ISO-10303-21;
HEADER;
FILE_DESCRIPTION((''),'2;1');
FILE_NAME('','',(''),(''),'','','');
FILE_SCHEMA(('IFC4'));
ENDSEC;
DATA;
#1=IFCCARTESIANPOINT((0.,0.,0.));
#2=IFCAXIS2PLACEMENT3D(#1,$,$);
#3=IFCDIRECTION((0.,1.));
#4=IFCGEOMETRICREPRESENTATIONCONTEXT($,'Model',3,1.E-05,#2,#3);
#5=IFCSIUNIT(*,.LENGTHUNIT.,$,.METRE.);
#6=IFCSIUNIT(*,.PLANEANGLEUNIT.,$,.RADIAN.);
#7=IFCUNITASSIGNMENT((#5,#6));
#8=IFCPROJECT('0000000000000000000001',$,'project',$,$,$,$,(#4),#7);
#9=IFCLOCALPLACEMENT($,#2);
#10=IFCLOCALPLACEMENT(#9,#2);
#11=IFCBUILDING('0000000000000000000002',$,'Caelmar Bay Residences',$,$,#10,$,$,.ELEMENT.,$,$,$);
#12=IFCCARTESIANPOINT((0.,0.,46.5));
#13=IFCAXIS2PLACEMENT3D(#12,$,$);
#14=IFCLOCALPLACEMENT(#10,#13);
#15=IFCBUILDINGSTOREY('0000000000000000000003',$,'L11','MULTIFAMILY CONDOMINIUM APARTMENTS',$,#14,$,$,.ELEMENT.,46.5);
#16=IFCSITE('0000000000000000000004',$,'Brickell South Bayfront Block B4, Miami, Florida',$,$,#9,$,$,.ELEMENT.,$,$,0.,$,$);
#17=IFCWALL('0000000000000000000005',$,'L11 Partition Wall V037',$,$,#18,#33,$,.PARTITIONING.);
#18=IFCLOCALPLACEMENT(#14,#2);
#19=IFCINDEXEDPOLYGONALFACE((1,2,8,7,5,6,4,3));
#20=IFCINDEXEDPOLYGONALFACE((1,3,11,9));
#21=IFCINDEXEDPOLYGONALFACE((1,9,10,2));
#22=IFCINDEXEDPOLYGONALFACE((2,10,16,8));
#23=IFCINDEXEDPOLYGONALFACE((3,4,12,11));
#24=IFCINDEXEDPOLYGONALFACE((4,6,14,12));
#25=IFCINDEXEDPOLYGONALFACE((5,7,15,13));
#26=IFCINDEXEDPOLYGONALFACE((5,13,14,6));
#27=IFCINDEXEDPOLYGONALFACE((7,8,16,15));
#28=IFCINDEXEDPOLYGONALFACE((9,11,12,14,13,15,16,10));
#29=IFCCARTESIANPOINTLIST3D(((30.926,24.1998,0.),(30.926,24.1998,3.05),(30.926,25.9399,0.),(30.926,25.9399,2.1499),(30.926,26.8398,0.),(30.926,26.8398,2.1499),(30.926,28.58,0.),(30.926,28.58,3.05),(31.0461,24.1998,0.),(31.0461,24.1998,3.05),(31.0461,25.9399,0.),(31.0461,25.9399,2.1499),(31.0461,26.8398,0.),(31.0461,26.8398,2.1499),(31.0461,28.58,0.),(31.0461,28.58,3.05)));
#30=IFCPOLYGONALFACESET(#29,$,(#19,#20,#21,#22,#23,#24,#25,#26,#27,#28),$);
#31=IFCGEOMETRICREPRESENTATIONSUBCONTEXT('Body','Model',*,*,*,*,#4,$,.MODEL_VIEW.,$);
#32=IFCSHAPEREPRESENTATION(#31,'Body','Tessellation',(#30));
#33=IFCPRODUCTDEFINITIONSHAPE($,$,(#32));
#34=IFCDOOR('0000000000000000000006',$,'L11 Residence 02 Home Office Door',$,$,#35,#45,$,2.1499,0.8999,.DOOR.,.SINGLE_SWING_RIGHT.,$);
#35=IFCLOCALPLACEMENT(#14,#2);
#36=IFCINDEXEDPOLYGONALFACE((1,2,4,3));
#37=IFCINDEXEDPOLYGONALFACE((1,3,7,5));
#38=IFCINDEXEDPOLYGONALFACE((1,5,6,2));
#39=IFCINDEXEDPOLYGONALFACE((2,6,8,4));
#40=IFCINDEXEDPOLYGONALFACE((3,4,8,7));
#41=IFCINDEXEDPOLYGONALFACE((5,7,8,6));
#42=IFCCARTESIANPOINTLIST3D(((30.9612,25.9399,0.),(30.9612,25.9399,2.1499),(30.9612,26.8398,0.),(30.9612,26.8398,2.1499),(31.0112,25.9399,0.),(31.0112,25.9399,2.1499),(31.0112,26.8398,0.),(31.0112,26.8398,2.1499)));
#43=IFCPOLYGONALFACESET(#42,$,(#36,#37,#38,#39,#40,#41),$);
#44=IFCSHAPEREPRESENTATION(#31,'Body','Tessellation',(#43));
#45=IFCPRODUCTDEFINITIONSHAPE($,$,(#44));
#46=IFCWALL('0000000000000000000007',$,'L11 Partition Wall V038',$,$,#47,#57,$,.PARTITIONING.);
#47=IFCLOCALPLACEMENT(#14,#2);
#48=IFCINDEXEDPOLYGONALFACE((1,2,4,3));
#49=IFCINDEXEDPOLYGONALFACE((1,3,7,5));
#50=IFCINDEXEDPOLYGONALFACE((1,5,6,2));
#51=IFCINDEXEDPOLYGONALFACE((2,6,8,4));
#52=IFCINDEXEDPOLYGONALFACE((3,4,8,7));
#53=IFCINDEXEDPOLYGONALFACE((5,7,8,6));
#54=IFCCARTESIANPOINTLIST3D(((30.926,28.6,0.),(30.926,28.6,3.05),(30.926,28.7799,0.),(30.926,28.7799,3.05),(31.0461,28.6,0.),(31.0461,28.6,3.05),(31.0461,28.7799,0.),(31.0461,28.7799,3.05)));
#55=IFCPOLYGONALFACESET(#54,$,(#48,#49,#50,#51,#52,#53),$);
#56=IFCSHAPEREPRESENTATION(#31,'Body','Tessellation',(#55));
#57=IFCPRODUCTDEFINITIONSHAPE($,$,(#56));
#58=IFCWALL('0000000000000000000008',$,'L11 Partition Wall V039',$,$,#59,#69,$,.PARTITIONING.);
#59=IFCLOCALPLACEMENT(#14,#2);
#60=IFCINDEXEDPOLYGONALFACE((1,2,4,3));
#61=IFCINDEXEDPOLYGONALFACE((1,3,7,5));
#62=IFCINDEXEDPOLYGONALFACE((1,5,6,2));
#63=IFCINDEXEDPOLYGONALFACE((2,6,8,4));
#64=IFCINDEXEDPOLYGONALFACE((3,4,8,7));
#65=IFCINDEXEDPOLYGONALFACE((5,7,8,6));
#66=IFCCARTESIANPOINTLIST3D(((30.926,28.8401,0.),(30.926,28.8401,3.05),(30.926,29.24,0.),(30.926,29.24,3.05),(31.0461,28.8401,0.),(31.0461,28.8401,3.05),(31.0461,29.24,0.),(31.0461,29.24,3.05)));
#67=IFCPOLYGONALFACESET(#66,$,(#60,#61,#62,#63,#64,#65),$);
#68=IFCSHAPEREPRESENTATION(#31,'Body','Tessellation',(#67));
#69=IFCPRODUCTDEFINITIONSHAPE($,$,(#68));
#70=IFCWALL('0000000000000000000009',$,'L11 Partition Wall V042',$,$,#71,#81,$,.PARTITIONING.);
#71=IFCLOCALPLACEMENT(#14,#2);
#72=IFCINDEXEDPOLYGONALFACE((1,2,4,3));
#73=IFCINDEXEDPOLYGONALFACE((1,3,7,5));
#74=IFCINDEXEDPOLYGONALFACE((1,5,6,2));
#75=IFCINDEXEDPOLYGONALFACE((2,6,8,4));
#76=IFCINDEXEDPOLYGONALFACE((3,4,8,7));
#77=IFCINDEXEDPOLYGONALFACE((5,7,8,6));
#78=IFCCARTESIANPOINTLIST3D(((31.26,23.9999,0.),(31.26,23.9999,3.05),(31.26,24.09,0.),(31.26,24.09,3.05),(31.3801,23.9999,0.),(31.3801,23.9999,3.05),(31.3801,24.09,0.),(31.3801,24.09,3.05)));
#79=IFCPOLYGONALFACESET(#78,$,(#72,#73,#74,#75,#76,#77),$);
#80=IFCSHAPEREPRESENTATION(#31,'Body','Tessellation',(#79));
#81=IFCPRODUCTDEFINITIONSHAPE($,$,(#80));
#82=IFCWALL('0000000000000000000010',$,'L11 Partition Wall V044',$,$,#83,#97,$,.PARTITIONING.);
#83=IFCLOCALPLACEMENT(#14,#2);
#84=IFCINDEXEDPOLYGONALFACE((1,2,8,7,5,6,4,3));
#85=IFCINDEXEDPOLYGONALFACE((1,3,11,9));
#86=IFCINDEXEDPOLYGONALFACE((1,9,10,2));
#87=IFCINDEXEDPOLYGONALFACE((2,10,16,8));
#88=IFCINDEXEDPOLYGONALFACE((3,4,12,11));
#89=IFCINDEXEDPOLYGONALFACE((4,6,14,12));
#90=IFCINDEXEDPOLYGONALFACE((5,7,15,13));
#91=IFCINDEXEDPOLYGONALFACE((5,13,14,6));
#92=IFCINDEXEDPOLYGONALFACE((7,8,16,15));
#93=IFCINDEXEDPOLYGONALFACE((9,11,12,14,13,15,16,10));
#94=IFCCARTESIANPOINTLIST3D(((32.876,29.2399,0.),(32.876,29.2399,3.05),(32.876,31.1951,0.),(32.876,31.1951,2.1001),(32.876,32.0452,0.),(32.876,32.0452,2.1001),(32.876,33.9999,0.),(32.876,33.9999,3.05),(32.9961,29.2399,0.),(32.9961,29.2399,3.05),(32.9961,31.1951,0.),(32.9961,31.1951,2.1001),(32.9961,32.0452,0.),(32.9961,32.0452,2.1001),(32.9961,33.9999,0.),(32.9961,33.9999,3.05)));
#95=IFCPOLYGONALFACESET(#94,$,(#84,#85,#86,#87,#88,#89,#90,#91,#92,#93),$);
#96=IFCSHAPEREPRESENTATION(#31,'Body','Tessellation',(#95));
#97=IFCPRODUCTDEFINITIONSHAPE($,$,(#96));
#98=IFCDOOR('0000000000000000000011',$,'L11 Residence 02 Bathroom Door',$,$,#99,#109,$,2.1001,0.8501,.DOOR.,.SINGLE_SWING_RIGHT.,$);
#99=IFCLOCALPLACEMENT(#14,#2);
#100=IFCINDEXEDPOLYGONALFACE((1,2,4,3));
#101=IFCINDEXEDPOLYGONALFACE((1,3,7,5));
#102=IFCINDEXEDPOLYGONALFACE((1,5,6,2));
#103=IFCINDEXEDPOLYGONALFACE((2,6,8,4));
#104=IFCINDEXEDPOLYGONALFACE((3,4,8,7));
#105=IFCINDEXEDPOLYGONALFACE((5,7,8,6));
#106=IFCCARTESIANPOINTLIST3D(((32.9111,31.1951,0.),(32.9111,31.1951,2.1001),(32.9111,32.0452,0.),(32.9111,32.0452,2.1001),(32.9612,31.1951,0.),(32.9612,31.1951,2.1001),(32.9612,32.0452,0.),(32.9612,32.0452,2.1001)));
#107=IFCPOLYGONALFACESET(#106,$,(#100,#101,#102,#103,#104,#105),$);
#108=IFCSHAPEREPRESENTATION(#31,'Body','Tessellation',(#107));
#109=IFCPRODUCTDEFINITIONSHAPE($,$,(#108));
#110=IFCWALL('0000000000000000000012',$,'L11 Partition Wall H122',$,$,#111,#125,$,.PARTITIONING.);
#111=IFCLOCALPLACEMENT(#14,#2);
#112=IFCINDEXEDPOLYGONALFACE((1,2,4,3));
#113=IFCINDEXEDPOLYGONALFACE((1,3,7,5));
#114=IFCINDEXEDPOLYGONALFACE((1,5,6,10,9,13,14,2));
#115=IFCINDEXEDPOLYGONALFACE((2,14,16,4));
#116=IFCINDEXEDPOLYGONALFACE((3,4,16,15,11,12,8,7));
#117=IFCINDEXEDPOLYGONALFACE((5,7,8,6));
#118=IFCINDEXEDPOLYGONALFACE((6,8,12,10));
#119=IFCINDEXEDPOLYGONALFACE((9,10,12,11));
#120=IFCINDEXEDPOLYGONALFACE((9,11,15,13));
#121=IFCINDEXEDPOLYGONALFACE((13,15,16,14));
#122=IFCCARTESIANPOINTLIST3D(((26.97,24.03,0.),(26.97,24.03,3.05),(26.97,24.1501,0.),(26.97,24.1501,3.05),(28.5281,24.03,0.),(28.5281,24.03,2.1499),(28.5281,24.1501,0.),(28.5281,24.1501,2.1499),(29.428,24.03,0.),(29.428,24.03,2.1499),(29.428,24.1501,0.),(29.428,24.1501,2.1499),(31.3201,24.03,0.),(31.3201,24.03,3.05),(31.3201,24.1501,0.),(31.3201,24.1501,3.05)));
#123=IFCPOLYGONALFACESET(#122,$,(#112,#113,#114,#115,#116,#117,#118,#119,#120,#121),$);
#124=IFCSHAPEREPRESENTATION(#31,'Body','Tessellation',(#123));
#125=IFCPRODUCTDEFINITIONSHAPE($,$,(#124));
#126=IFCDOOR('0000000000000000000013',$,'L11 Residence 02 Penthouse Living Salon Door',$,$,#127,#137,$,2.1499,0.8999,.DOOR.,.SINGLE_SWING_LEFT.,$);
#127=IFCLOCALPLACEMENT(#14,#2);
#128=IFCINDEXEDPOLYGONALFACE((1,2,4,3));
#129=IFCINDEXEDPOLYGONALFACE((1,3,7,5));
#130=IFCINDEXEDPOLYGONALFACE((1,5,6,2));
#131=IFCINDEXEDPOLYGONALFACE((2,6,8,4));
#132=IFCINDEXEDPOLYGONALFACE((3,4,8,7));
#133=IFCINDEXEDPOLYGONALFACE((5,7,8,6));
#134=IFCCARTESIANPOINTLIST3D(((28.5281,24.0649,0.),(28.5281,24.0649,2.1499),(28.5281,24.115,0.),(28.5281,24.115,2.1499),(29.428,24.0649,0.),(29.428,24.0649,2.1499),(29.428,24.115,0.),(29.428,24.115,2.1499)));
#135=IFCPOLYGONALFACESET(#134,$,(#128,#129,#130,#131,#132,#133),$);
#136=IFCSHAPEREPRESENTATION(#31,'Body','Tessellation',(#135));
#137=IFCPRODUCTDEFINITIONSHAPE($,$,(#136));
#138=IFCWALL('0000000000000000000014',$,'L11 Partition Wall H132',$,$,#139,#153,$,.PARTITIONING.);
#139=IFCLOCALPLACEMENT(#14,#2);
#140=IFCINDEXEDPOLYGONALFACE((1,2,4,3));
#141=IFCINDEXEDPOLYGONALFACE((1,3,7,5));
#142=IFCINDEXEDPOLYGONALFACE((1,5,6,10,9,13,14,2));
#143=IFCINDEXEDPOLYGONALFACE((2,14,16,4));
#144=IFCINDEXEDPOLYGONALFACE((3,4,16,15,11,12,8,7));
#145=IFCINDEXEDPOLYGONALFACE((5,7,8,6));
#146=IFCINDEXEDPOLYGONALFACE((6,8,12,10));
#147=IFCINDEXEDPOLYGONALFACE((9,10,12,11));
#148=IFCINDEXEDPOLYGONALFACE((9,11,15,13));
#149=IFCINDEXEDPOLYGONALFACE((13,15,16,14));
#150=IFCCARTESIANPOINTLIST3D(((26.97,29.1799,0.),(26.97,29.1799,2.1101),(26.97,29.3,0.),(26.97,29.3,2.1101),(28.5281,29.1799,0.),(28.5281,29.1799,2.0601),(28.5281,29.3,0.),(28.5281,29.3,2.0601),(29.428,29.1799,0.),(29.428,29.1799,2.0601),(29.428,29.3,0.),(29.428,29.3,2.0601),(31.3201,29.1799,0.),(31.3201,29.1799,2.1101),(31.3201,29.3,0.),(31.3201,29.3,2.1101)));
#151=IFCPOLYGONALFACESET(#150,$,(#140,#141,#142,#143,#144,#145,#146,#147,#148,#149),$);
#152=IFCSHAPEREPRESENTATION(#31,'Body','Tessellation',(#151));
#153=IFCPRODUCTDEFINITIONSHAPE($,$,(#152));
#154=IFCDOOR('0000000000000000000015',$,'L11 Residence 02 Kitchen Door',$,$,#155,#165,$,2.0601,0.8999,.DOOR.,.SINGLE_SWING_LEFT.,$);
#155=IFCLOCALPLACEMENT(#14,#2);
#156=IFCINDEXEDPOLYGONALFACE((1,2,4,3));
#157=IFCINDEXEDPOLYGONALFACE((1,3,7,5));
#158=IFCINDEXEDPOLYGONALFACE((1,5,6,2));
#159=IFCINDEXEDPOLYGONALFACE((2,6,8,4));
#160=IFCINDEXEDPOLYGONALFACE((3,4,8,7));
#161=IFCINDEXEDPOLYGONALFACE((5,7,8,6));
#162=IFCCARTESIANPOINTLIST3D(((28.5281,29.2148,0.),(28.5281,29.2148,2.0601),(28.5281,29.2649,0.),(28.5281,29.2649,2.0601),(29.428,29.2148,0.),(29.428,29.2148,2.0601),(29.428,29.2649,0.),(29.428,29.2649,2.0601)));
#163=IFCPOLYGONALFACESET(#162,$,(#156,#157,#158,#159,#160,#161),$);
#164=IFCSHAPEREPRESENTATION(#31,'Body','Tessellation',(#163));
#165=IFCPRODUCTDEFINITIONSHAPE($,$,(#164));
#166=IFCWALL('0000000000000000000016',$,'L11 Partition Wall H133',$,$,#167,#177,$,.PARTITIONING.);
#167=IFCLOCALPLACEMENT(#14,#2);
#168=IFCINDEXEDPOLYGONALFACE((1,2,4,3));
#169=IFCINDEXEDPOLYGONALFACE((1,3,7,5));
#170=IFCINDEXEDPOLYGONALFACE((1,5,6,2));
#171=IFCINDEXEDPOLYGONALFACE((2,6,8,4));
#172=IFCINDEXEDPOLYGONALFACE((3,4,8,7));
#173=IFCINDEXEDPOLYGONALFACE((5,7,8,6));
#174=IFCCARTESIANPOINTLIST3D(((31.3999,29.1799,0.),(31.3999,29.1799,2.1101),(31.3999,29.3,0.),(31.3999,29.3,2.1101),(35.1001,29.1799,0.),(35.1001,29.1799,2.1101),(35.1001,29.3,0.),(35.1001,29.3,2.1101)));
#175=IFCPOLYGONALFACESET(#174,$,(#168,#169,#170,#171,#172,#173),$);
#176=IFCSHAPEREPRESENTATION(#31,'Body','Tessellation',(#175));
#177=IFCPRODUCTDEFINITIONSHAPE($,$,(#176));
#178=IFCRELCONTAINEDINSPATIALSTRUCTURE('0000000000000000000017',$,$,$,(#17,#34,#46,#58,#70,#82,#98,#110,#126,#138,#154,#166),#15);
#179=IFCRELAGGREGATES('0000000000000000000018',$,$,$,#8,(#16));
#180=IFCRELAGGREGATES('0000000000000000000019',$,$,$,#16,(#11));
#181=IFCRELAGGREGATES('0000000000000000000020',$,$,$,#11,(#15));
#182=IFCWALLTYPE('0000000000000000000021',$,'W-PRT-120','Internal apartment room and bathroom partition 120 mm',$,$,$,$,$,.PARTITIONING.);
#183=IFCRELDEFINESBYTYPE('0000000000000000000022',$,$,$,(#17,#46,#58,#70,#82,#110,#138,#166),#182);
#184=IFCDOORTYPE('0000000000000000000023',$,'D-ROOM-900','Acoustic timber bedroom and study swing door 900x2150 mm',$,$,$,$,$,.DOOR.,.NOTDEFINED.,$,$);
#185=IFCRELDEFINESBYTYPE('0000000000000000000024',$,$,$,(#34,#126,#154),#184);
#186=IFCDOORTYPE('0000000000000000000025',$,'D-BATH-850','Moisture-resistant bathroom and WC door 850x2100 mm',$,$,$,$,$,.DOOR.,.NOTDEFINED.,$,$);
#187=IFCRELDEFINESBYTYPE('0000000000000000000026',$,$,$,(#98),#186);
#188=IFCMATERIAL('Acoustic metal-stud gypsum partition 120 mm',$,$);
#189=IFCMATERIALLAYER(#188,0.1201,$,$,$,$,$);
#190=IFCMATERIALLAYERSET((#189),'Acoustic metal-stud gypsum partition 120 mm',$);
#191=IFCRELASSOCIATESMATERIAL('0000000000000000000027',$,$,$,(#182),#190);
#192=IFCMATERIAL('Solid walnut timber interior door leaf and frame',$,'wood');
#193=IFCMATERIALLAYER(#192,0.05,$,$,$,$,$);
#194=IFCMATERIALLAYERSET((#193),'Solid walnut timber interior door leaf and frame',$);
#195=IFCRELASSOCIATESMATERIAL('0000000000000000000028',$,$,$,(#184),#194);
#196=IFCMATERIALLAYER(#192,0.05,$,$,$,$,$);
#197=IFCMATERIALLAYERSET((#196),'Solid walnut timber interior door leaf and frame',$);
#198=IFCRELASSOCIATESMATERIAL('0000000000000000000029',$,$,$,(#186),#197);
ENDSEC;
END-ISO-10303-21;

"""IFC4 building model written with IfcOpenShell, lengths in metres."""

from ifc_helpers import new_model, si_unit, direction, frame, frame_2d, origin, place, context, subcontext, project, spatial, rectangle, extrude, material, layer, layer_set, type_object, element, fill, save


model = new_model("IFC4")

# Units and contexts
model_context = context("Model", 3, precision=1e-05, world=origin(), true_north=direction((0.0, 1.0)))
body_context = subcontext(model_context, "Body", "Model", "MODEL_VIEW")
ifc_project = project(units=[si_unit("LENGTHUNIT", "METRE"), si_unit("PLANEANGLEUNIT", "RADIAN")], contexts=[model_context])

# Site, building, storey
site_placement = place(None, origin())
site = spatial("IfcSite", under=ifc_project, at=site_placement, Name="Brickell South Bayfront Block B4, Miami, Florida", CompositionType="ELEMENT", RefElevation=0.0)
building_placement = place(site_placement, origin())
building = spatial("IfcBuilding", under=site, at=building_placement, Name="Caelmar Bay Residences", CompositionType="ELEMENT")
storey_placement = place(building_placement, frame((0.0, 0.0, 46.5)))
storey = spatial("IfcBuildingStorey", under=building, at=storey_placement, Name="L11", Description="MULTIFAMILY CONDOMINIUM APARTMENTS", CompositionType="ELEMENT", Elevation=46.5)

# Shared definitions
ifc_material_1 = material(Name="Acoustic metal-stud gypsum partition 120 mm")
ifc_layer_1 = layer(ifc_material_1, 0.1201)
ifc_layer_set_1 = layer_set([ifc_layer_1], Name="Acoustic metal-stud gypsum partition 120 mm")
wall_type_1 = type_object("IfcWallType", Name="W-PRT-120", Description="Internal apartment room and bathroom partition 120 mm", PredefinedType="PARTITIONING", material=ifc_layer_set_1)

# Wall, opening, door
wall_1_placement = place(storey_placement, frame((30.9861, 24.2, 0.0), z_axis=(0.0, 0.0, 1.0), x_axis=(0.0, 1.0, 0.0)))
wall_1 = element("IfcWall", 1, at=wall_1_placement, inside=storey, type_object=wall_type_1, Name="L11 Partition Wall V037", PredefinedType="PARTITIONING", context=body_context, shape_type="SweptSolid", body=[
    extrude(rectangle(XDim=4.3801, YDim=0.1201, at=frame_2d((2.1899, 0.0))), origin(), (0.0, 0.0, 1.0), 3.05),
])
opening_1_placement = place(wall_1_placement, frame((1.74, 0.0, 0.0)))
opening_1 = element("IfcOpeningElement", 2, at=opening_1_placement, cuts=wall_1, PredefinedType="OPENING", context=body_context, shape_type="SweptSolid", body=[
    extrude(rectangle(XDim=0.8999, YDim=2.1499, at=frame_2d((0.45, 1.075))), frame((0.0, 0.0701, 0.0), z_axis=(0.0, -1.0, 0.0), x_axis=(1.0, 0.0, 0.0)), (0.0, 0.0, 1.0), 0.1401),
])
ifc_material_2 = material(Name="Solid walnut timber interior door leaf and frame", Category="wood")
ifc_layer_2 = layer(ifc_material_2, 0.05)
ifc_layer_set_2 = layer_set([ifc_layer_2], Name="Solid walnut timber interior door leaf and frame")
door_type_1 = type_object("IfcDoorType", Name="D-ROOM-900", Description="Acoustic timber bedroom and study swing door 900x2150 mm", OperationType="NOTDEFINED", PredefinedType="DOOR", material=ifc_layer_set_2)
door_1_placement = place(opening_1_placement, origin())
door_1 = element("IfcDoor", 3, at=door_1_placement, inside=storey, type_object=door_type_1, Name="L11 Residence 02 Home Office Door", OperationType="SINGLE_SWING_RIGHT", OverallHeight=2.1499, OverallWidth=0.8999, PredefinedType="DOOR", context=body_context, shape_type="SweptSolid", body=[
    extrude(rectangle(XDim=0.8999, YDim=2.1499, at=frame_2d((0.45, 1.075))), frame((0.0, 0.0249, 0.0), z_axis=(0.0, -1.0, 0.0), x_axis=(1.0, 0.0, 0.0)), (0.0, 0.0, 1.0), 0.05),
])
fill(opening_1, door_1)

# Walls
wall_2_placement = place(storey_placement, frame((30.9861, 28.6001, 0.0), z_axis=(0.0, 0.0, 1.0), x_axis=(0.0, 1.0, 0.0)))
element("IfcWall", 4, at=wall_2_placement, inside=storey, type_object=wall_type_1, Name="L11 Partition Wall V038", PredefinedType="PARTITIONING", context=body_context, shape_type="SweptSolid", body=[
    extrude(rectangle(XDim=0.1799, YDim=0.1201, at=frame_2d((0.0898, 0.0))), origin(), (0.0, 0.0, 1.0), 3.05),
])
wall_3_placement = place(storey_placement, frame((30.9861, 28.8401, 0.0), z_axis=(0.0, 0.0, 1.0), x_axis=(0.0, 1.0, 0.0)))
element("IfcWall", 5, at=wall_3_placement, inside=storey, type_object=wall_type_1, Name="L11 Partition Wall V039", PredefinedType="PARTITIONING", context=body_context, shape_type="SweptSolid", body=[
    extrude(rectangle(XDim=0.3999, YDim=0.1201, at=frame_2d((0.2, 0.0))), origin(), (0.0, 0.0, 1.0), 3.05),
])
wall_4_placement = place(storey_placement, frame((31.3201, 24.0, 0.0), z_axis=(0.0, 0.0, 1.0), x_axis=(0.0, 1.0, 0.0)))
element("IfcWall", 6, at=wall_4_placement, inside=storey, type_object=wall_type_1, Name="L11 Partition Wall V042", PredefinedType="PARTITIONING", context=body_context, shape_type="SweptSolid", body=[
    extrude(rectangle(XDim=0.0901, YDim=0.1201, at=frame_2d((0.0449, 0.0))), origin(), (0.0, 0.0, 1.0), 3.05),
])

# Walls, openings, doors
wall_5_placement = place(storey_placement, frame((32.936, 29.24, 0.0), z_axis=(0.0, 0.0, 1.0), x_axis=(0.0, 1.0, 0.0)))
wall_5 = element("IfcWall", 7, at=wall_5_placement, inside=storey, type_object=wall_type_1, Name="L11 Partition Wall V044", PredefinedType="PARTITIONING", context=body_context, shape_type="SweptSolid", body=[
    extrude(rectangle(XDim=4.76, YDim=0.1201, at=frame_2d((2.3799, 0.0))), origin(), (0.0, 0.0, 1.0), 3.05),
])
opening_2_placement = place(wall_5_placement, frame((1.9551, 0.0, 0.0)))
opening_2 = element("IfcOpeningElement", 8, at=opening_2_placement, cuts=wall_5, PredefinedType="OPENING", context=body_context, shape_type="SweptSolid", body=[
    extrude(rectangle(XDim=0.8501, YDim=2.1001, at=frame_2d((0.425, 1.05))), frame((0.0, 0.0701, 0.0), z_axis=(0.0, -1.0, 0.0), x_axis=(1.0, 0.0, 0.0)), (0.0, 0.0, 1.0), 0.1401),
])
ifc_layer_3 = layer(ifc_material_2, 0.05)
ifc_layer_set_3 = layer_set([ifc_layer_3], Name="Solid walnut timber interior door leaf and frame")
door_type_2 = type_object("IfcDoorType", Name="D-BATH-850", Description="Moisture-resistant bathroom and WC door 850x2100 mm", OperationType="NOTDEFINED", PredefinedType="DOOR", material=ifc_layer_set_3)
door_2_placement = place(opening_2_placement, origin())
door_2 = element("IfcDoor", 9, at=door_2_placement, inside=storey, type_object=door_type_2, Name="L11 Residence 02 Bathroom Door", OperationType="SINGLE_SWING_RIGHT", OverallHeight=2.1001, OverallWidth=0.8501, PredefinedType="DOOR", context=body_context, shape_type="SweptSolid", body=[
    extrude(rectangle(XDim=0.8501, YDim=2.1001, at=frame_2d((0.425, 1.05))), frame((0.0, 0.0249, 0.0), z_axis=(0.0, -1.0, 0.0), x_axis=(1.0, 0.0, 0.0)), (0.0, 0.0, 1.0), 0.05),
])
fill(opening_2, door_2)
wall_6_placement = place(storey_placement, frame((26.97, 24.0901, 0.0), z_axis=(0.0, 0.0, 1.0), x_axis=(1.0, 0.0, 0.0)))
wall_6 = element("IfcWall", 10, at=wall_6_placement, inside=storey, type_object=wall_type_1, Name="L11 Partition Wall H122", PredefinedType="PARTITIONING", context=body_context, shape_type="SweptSolid", body=[
    extrude(rectangle(XDim=4.3501, YDim=0.1201, at=frame_2d((2.175, 0.0))), origin(), (0.0, 0.0, 1.0), 3.05),
])
opening_3_placement = place(wall_6_placement, frame((1.5581, 0.0, 0.0)))
opening_3 = element("IfcOpeningElement", 11, at=opening_3_placement, cuts=wall_6, PredefinedType="OPENING", context=body_context, shape_type="SweptSolid", body=[
    extrude(rectangle(XDim=0.8999, YDim=2.1499, at=frame_2d((0.45, 1.075))), frame((0.0, 0.0701, 0.0), z_axis=(0.0, -1.0, 0.0), x_axis=(1.0, 0.0, 0.0)), (0.0, 0.0, 1.0), 0.1401),
])
door_3_placement = place(opening_3_placement, origin())
door_3 = element("IfcDoor", 12, at=door_3_placement, inside=storey, type_object=door_type_1, Name="L11 Residence 02 Penthouse Living Salon Door", OperationType="SINGLE_SWING_LEFT", OverallHeight=2.1499, OverallWidth=0.8999, PredefinedType="DOOR", context=body_context, shape_type="SweptSolid", body=[
    extrude(rectangle(XDim=0.8999, YDim=2.1499, at=frame_2d((0.45, 1.075))), frame((0.0, 0.0249, 0.0), z_axis=(0.0, -1.0, 0.0), x_axis=(1.0, 0.0, 0.0)), (0.0, 0.0, 1.0), 0.05),
])
fill(opening_3, door_3)
wall_7_placement = place(storey_placement, frame((26.97, 29.24, 0.0), z_axis=(0.0, 0.0, 1.0), x_axis=(1.0, 0.0, 0.0)))
wall_7 = element("IfcWall", 13, at=wall_7_placement, inside=storey, type_object=wall_type_1, Name="L11 Partition Wall H132", PredefinedType="PARTITIONING", context=body_context, shape_type="SweptSolid", body=[
    extrude(rectangle(XDim=4.3501, YDim=0.1201, at=frame_2d((2.175, 0.0))), origin(), (0.0, 0.0, 1.0), 2.1101),
])
opening_4_placement = place(wall_7_placement, frame((1.5581, 0.0, 0.0)))
opening_4 = element("IfcOpeningElement", 14, at=opening_4_placement, cuts=wall_7, PredefinedType="OPENING", context=body_context, shape_type="SweptSolid", body=[
    extrude(rectangle(XDim=0.8999, YDim=2.0601, at=frame_2d((0.45, 1.03))), frame((0.0, 0.0701, 0.0), z_axis=(0.0, -1.0, 0.0), x_axis=(1.0, 0.0, 0.0)), (0.0, 0.0, 1.0), 0.1401),
])
door_4_placement = place(opening_4_placement, origin())
door_4 = element("IfcDoor", 15, at=door_4_placement, inside=storey, type_object=door_type_1, Name="L11 Residence 02 Kitchen Door", OperationType="SINGLE_SWING_LEFT", OverallHeight=2.0601, OverallWidth=0.8999, PredefinedType="DOOR", context=body_context, shape_type="SweptSolid", body=[
    extrude(rectangle(XDim=0.8999, YDim=2.0601, at=frame_2d((0.45, 1.03))), frame((0.0, 0.0249, 0.0), z_axis=(0.0, -1.0, 0.0), x_axis=(1.0, 0.0, 0.0)), (0.0, 0.0, 1.0), 0.05),
])
fill(opening_4, door_4)

# Wall
wall_8_placement = place(storey_placement, frame((31.3999, 29.24, 0.0), z_axis=(0.0, 0.0, 1.0), x_axis=(1.0, 0.0, 0.0)))
element("IfcWall", 16, at=wall_8_placement, inside=storey, type_object=wall_type_1, Name="L11 Partition Wall H133", PredefinedType="PARTITIONING", context=body_context, shape_type="SweptSolid", body=[
    extrude(rectangle(XDim=3.7002, YDim=0.1201, at=frame_2d((1.8501, 0.0))), origin(), (0.0, 0.0, 1.0), 2.1101),
])

save(model, "model.ifc")
